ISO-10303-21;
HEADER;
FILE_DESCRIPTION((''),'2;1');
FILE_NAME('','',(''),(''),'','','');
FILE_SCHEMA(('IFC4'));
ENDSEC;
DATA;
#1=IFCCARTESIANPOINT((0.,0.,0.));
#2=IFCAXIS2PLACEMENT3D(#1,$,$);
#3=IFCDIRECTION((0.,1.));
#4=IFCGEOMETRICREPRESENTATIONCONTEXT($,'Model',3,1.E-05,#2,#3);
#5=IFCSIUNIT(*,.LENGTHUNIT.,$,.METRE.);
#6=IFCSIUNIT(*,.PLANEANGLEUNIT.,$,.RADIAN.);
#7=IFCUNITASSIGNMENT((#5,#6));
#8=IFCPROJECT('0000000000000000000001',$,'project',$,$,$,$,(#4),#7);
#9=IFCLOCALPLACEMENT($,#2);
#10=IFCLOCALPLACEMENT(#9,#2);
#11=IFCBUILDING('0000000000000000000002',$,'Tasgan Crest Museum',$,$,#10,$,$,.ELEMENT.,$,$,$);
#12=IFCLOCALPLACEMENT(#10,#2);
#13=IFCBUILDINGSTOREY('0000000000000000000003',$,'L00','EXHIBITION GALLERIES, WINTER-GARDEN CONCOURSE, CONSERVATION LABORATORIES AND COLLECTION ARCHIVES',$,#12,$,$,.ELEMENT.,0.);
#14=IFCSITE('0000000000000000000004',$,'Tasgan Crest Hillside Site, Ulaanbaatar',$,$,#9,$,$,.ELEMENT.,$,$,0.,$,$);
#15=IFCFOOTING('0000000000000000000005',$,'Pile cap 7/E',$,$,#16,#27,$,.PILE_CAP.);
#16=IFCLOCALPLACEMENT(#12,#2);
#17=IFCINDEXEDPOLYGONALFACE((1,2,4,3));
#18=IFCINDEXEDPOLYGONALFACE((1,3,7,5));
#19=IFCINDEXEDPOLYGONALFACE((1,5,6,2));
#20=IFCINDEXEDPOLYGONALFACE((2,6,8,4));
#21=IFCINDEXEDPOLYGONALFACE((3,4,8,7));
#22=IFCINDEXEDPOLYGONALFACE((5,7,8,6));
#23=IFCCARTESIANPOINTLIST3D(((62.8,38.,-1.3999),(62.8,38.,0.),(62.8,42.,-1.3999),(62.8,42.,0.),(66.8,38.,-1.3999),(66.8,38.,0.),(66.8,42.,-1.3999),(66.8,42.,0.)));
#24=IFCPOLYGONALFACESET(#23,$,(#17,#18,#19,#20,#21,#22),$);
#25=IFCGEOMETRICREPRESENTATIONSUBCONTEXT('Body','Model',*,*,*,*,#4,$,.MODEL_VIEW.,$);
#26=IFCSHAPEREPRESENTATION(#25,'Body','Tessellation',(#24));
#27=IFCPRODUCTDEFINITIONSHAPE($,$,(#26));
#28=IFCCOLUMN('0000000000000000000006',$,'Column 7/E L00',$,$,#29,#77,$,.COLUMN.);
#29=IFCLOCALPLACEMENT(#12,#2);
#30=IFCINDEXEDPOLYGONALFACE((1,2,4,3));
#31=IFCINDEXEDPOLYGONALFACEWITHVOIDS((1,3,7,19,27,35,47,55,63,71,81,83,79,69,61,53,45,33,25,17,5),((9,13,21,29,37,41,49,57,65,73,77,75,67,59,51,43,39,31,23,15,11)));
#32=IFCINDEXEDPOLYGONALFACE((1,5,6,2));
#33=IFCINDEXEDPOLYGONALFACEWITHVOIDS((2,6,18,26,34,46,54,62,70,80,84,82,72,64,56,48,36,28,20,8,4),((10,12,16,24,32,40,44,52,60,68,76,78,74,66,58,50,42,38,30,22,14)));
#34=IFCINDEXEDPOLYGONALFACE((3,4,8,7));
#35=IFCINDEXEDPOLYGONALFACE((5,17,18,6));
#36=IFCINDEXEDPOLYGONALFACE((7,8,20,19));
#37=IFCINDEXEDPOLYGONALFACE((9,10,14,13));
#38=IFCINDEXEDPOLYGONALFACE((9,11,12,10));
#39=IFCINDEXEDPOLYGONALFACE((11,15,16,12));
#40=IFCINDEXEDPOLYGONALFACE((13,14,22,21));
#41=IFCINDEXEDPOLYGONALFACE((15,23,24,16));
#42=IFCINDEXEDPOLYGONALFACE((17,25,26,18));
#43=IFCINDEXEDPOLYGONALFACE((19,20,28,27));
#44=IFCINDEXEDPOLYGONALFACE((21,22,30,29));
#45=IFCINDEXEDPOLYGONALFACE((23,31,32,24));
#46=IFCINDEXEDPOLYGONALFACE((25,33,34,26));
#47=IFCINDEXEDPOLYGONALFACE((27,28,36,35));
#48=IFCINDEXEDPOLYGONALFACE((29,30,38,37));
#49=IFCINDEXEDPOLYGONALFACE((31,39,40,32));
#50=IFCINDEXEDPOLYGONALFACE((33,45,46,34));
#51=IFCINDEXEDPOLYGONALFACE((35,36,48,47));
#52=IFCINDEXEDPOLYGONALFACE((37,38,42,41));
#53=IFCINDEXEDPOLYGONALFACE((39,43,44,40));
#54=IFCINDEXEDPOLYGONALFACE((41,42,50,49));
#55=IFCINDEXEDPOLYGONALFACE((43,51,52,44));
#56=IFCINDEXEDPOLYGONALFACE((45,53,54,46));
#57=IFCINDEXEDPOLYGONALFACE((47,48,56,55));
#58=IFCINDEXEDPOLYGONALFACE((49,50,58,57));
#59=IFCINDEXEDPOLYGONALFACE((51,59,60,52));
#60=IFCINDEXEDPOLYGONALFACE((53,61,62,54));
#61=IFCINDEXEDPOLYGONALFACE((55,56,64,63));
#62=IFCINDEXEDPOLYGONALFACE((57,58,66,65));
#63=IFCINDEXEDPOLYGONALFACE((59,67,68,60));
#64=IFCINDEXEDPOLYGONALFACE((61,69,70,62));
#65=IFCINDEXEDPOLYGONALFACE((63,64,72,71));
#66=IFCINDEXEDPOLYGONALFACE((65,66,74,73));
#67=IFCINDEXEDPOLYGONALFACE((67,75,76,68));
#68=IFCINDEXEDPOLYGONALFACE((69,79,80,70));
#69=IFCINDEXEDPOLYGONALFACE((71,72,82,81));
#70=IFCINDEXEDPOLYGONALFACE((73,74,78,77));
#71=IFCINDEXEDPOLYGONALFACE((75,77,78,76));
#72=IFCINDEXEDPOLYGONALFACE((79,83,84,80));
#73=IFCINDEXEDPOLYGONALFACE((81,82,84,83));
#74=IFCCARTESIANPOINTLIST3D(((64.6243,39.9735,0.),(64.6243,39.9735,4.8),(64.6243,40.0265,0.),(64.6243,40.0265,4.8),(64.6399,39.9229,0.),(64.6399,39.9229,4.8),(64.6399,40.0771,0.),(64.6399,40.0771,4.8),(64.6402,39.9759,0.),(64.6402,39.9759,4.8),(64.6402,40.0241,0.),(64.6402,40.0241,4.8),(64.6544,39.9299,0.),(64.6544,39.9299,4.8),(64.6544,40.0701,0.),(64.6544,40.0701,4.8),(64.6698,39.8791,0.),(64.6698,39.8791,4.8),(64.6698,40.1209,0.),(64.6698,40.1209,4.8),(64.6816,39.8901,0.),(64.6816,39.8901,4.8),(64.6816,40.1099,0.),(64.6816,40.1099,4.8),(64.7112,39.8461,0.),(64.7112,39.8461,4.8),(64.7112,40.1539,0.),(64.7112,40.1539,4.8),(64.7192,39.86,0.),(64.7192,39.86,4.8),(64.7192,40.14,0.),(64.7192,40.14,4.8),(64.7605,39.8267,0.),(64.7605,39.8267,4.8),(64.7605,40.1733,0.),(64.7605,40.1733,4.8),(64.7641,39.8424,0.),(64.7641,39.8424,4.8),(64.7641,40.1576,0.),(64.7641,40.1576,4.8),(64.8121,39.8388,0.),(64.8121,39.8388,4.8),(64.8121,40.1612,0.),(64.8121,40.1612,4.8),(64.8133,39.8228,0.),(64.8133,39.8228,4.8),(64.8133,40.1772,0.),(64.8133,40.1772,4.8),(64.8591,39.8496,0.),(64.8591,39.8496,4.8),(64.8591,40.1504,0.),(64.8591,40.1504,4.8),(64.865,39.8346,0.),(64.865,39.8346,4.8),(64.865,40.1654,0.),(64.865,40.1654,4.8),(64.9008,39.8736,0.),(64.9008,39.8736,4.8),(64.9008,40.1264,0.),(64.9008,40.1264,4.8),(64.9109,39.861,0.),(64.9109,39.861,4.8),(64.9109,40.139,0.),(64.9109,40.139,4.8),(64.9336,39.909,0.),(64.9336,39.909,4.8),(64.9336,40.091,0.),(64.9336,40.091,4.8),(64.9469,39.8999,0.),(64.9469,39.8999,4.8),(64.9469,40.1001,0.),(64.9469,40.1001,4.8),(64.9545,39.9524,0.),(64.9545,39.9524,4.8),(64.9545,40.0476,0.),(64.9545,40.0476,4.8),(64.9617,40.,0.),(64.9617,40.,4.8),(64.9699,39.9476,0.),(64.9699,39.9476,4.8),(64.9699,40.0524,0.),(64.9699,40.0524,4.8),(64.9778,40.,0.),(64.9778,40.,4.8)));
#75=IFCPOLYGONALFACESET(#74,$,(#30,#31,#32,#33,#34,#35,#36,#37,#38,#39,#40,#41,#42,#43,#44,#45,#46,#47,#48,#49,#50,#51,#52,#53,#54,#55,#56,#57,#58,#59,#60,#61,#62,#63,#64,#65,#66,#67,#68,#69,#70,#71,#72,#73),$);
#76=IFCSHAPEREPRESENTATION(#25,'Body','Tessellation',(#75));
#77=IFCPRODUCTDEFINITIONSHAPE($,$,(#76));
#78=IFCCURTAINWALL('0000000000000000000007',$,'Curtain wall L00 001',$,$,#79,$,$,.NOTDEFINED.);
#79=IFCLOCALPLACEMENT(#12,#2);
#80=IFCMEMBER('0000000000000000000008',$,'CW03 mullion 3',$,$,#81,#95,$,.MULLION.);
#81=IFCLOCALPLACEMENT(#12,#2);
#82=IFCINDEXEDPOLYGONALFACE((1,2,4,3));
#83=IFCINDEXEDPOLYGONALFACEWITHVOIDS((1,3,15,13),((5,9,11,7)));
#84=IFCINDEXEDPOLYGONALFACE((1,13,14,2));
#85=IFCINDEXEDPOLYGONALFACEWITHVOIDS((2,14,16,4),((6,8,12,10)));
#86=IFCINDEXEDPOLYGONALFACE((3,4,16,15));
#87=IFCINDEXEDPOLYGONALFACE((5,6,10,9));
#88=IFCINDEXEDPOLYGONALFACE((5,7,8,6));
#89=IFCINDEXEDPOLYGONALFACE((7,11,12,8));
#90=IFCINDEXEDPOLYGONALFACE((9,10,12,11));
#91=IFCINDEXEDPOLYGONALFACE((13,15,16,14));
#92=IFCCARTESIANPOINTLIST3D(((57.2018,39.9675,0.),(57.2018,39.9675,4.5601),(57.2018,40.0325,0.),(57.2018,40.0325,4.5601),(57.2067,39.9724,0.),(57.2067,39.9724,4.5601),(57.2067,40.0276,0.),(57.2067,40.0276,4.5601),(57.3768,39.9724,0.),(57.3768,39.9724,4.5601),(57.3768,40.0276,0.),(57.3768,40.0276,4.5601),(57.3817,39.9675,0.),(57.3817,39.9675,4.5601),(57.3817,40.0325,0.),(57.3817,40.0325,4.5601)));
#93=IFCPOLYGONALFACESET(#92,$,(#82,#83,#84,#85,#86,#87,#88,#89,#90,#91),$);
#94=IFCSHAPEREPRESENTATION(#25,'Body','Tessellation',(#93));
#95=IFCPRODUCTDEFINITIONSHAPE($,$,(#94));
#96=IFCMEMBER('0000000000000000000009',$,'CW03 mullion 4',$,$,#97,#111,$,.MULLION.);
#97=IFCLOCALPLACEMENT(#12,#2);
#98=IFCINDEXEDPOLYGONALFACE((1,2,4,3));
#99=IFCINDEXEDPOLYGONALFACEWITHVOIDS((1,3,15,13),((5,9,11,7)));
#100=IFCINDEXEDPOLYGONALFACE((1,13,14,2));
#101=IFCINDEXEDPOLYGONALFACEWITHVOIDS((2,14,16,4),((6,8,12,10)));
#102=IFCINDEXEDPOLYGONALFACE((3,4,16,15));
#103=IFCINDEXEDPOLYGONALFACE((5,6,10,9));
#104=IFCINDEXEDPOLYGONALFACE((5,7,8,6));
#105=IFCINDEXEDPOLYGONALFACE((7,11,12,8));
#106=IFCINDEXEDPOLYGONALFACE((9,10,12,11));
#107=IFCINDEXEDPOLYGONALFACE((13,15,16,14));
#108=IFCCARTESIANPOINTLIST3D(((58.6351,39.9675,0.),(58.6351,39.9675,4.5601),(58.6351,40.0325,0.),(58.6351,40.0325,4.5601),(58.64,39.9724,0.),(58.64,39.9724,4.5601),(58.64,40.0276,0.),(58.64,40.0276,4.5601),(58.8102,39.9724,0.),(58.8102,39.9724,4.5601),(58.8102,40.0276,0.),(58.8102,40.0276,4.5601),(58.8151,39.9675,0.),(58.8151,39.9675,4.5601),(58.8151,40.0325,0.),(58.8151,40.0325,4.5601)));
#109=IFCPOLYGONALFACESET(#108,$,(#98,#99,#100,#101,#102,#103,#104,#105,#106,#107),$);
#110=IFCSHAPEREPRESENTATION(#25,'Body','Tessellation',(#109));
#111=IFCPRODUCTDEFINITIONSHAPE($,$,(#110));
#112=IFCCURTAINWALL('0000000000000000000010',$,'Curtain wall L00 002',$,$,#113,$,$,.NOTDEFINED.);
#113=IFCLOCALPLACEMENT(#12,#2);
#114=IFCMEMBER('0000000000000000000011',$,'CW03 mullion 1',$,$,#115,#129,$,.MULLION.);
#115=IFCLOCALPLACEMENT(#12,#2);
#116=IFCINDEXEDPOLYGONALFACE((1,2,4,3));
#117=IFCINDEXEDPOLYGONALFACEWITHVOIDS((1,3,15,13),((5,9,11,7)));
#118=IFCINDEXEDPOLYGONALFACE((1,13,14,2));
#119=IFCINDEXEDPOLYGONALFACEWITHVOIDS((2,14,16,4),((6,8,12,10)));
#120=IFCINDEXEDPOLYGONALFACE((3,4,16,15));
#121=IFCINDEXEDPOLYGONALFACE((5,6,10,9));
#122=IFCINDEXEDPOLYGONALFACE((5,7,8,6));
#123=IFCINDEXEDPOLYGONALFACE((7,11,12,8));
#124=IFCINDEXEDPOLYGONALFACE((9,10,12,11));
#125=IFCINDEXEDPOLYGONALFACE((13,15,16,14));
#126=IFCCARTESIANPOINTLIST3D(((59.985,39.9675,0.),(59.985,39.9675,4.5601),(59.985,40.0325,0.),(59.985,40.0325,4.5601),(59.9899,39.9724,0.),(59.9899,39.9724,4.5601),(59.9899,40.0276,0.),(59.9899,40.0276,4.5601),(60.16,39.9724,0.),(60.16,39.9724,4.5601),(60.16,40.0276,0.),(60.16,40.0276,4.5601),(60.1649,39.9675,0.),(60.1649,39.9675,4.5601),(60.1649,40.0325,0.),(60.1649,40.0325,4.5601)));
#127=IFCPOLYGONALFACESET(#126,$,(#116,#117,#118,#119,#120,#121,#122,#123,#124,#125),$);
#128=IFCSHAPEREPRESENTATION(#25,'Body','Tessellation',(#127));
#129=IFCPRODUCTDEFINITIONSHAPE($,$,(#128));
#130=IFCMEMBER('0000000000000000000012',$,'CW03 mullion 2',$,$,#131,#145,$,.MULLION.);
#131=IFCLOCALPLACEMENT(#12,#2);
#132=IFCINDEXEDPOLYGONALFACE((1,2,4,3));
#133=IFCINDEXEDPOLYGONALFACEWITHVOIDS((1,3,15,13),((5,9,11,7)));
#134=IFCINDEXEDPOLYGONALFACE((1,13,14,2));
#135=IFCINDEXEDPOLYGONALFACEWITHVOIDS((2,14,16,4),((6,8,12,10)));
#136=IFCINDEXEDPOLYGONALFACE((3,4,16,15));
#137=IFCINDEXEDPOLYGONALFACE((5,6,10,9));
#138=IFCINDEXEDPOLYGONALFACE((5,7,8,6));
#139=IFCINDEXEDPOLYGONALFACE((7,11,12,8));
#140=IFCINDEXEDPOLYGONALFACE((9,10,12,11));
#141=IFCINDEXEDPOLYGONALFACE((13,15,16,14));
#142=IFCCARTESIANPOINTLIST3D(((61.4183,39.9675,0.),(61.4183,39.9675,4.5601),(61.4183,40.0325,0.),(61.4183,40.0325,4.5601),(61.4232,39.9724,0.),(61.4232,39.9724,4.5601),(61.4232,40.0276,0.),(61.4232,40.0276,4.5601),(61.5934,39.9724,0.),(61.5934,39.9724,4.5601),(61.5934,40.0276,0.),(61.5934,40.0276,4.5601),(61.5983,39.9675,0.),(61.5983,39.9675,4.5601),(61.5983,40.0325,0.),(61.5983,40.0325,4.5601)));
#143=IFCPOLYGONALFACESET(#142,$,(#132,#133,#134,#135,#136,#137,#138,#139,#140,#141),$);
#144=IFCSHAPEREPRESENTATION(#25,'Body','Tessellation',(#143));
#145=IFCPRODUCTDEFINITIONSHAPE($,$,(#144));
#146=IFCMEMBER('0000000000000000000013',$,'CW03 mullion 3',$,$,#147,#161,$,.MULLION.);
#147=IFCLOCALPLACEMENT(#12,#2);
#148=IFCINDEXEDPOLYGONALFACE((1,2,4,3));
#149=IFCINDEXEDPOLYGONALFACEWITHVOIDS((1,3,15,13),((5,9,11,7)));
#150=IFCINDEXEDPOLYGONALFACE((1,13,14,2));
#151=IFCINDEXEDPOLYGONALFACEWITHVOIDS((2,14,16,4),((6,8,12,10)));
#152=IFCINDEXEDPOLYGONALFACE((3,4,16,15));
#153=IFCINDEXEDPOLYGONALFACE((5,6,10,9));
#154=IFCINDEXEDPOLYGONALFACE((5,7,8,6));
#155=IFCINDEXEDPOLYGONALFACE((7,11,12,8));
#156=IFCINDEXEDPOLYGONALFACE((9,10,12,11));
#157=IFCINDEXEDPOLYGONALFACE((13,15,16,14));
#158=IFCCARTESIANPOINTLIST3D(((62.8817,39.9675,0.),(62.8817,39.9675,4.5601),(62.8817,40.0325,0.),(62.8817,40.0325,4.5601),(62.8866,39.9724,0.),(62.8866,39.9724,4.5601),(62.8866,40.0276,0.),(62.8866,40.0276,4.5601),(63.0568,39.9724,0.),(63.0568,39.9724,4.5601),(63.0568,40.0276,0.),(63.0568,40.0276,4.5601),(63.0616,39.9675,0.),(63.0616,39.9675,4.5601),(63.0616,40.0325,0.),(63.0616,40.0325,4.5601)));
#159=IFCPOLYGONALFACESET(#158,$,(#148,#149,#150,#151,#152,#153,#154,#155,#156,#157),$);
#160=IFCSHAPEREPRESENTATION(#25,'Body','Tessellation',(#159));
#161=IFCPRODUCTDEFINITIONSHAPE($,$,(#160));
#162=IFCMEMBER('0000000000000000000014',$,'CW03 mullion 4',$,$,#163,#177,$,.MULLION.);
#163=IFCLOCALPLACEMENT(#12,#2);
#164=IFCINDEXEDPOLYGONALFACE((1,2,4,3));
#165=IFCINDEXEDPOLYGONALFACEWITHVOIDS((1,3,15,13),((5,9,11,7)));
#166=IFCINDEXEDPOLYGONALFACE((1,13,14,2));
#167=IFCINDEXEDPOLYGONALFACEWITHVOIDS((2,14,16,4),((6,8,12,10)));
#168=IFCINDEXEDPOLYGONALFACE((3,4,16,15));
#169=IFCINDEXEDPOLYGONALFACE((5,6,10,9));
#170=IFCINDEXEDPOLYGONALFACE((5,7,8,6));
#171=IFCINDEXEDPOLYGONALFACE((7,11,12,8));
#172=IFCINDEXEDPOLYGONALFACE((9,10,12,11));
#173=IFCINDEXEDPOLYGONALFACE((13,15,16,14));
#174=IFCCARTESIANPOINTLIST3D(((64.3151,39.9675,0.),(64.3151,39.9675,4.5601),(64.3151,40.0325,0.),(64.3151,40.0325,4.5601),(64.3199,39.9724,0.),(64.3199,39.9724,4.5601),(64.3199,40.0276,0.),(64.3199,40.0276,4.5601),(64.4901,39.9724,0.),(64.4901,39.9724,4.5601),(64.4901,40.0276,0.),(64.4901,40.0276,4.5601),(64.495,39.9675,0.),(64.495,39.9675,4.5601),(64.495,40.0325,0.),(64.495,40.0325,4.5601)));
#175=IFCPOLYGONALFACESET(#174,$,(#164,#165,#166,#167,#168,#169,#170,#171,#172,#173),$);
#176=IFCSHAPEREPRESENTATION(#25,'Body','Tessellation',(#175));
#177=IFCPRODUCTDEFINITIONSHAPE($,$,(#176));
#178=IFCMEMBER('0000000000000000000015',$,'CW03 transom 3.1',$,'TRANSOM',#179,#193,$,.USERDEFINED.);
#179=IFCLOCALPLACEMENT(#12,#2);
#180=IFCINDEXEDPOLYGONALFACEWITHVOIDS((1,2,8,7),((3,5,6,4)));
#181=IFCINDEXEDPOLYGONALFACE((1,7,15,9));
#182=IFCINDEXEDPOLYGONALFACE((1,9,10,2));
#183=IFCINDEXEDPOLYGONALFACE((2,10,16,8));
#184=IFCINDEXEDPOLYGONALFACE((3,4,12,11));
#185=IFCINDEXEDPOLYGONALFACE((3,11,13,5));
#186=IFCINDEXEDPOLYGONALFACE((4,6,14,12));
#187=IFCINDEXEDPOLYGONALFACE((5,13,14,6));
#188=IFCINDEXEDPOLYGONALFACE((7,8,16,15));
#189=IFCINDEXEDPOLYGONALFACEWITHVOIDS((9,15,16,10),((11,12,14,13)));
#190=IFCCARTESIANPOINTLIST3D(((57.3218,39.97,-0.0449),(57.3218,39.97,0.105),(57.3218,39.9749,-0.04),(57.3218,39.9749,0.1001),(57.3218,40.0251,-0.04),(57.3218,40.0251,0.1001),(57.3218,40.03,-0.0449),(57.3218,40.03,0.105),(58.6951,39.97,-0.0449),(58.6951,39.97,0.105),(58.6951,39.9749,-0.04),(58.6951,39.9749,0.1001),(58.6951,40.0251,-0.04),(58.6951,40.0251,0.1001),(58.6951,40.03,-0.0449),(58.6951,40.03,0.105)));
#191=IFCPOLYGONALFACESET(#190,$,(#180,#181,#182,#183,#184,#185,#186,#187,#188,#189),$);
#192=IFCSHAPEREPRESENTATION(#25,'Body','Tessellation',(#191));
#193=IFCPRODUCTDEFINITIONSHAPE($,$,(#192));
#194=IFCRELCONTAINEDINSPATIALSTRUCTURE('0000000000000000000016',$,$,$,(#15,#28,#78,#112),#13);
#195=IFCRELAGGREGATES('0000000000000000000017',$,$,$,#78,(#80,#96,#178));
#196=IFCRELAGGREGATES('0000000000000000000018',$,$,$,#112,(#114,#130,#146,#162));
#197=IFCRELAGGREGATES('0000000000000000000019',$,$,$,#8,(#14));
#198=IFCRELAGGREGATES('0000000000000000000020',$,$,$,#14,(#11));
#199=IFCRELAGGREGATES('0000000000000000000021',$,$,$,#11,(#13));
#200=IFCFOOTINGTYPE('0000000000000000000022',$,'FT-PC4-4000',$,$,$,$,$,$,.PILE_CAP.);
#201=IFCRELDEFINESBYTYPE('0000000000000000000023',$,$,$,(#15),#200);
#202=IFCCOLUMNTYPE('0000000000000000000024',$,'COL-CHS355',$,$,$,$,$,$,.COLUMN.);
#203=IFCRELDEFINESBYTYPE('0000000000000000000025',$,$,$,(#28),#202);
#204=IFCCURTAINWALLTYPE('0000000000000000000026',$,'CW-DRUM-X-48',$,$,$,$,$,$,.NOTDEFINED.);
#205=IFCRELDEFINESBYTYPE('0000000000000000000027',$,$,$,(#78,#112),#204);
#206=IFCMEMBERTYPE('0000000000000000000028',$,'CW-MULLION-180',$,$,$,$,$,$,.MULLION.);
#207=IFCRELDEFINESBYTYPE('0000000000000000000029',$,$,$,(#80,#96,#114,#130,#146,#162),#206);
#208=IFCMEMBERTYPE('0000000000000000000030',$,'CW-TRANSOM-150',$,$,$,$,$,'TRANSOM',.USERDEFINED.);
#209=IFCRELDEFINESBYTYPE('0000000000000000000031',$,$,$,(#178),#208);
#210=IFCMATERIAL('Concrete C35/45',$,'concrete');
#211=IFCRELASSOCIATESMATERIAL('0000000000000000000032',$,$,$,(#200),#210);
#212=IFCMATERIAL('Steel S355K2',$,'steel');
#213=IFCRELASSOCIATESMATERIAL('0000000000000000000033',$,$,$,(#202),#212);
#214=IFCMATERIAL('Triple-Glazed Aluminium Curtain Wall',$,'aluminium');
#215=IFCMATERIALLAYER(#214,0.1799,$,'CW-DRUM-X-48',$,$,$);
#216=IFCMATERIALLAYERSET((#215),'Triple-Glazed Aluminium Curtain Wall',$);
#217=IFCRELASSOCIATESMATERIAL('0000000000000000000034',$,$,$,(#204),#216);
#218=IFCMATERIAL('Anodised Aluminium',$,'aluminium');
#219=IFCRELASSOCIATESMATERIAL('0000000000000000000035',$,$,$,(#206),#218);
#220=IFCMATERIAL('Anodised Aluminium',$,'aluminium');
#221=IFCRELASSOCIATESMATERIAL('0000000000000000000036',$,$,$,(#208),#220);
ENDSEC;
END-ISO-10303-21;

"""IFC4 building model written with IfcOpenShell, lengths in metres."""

from ifc_helpers import new_model, si_unit, direction, frame, origin, origin_2d, place, context, subcontext, project, spatial, rectangle, hollow_rectangle, hollow_circle, extrude, material, layer, layer_set, material_profile, profile_set, type_object, element, aggregate, save


model = new_model("IFC4")

# Units and contexts
model_context = context("Model", 3, precision=1e-05, world=origin(), true_north=direction((0.0, 1.0)))
body_context = subcontext(model_context, "Body", "Model", "MODEL_VIEW")
ifc_project = project(units=[si_unit("LENGTHUNIT", "METRE"), si_unit("PLANEANGLEUNIT", "RADIAN")], contexts=[model_context])

# Site, building, storey
site_placement = place(None, origin())
site = spatial("IfcSite", under=ifc_project, at=site_placement, Name="Tasgan Crest Hillside Site, Ulaanbaatar", CompositionType="ELEMENT", RefElevation=0.0)
building_placement = place(site_placement, origin())
building = spatial("IfcBuilding", under=site, at=building_placement, Name="Tasgan Crest Museum", CompositionType="ELEMENT")
storey_placement = place(building_placement, origin())
storey = spatial("IfcBuildingStorey", under=building, at=storey_placement, Name="L00", Description="EXHIBITION GALLERIES, WINTER-GARDEN CONCOURSE, CONSERVATION LABORATORIES AND COLLECTION ARCHIVES", CompositionType="ELEMENT", Elevation=0.0)

# Footing
ifc_material_1 = material(Name="Concrete C35/45", Category="concrete")
footing_type = type_object("IfcFootingType", Name="FT-PC4-4000", PredefinedType="PILE_CAP", material=ifc_material_1)
footing_placement = place(storey_placement, frame((64.8, 40.0, -1.3999), z_axis=(0.0, 0.0, 1.0), x_axis=(1.0, 0.0, 0.0)))
element("IfcFooting", 1, at=footing_placement, inside=storey, type_object=footing_type, Name="Pile cap 7/E", PredefinedType="PILE_CAP", context=body_context, shape_type="SweptSolid", body=[
    extrude(rectangle(XDim=4.0, YDim=4.0, at=origin_2d()), origin(), (0.0, 0.0, 1.0), 1.3999),
])

# Column
ifc_material_2 = material(Name="Steel S355K2", Category="steel")
ifc_material_profile_1 = material_profile(ifc_material_2, hollow_circle(Radius=0.1777, WallThickness=0.0161, at=origin_2d()), Name="CHS 355.6x16")
ifc_profile_set_1 = profile_set([ifc_material_profile_1], Name="Steel S355K2")
column_type = type_object("IfcColumnType", Name="COL-CHS355", PredefinedType="COLUMN", material=ifc_profile_set_1)
column_placement = place(storey_placement, frame((64.8, 40.0, 0.0), z_axis=(0.0, 0.0, 1.0), x_axis=(1.0, 0.0, 0.0)))
element("IfcColumn", 2, at=column_placement, inside=storey, type_object=column_type, Name="Column 7/E L00", PredefinedType="COLUMN", context=body_context, shape_type="SweptSolid", body=[
    extrude(hollow_circle(Radius=0.1777, WallThickness=0.0161, at=origin_2d()), origin(), (0.0, 0.0, 1.0), 4.8),
])

# Curtain walls, members
ifc_material_3 = material(Name="Triple-Glazed Aluminium Curtain Wall", Category="aluminium")
ifc_layer_1 = layer(ifc_material_3, 0.1799, Name="CW-DRUM-X-48")
ifc_layer_set_1 = layer_set([ifc_layer_1], Name="Triple-Glazed Aluminium Curtain Wall")
curtain_wall_type = type_object("IfcCurtainWallType", Name="CW-DRUM-X-48", PredefinedType="NOTDEFINED", material=ifc_layer_set_1)
curtain_wall_1_placement = place(storey_placement, origin())
curtain_wall_1 = element("IfcCurtainWall", 3, at=curtain_wall_1_placement, inside=storey, type_object=curtain_wall_type, Name="Curtain wall L00 001", PredefinedType="NOTDEFINED")
ifc_material_4 = material(Name="Anodised Aluminium", Category="aluminium")
ifc_material_profile_2 = material_profile(ifc_material_4, hollow_rectangle(XDim=0.0649, YDim=0.1799, WallThickness=0.0049, at=origin_2d()), Name="ALU MULLION 180x65x5")
ifc_profile_set_2 = profile_set([ifc_material_profile_2], Name="Anodised Aluminium")
member_type_1 = type_object("IfcMemberType", Name="CW-MULLION-180", PredefinedType="MULLION", material=ifc_profile_set_2)
member_1_placement = place(storey_placement, frame((57.2917, 40.0, 0.0), z_axis=(0.0, 0.0, 1.0), x_axis=(0.0, 1.0, 0.0)))
member_1 = element("IfcMember", 4, at=member_1_placement, type_object=member_type_1, Name="CW03 mullion 3", PredefinedType="MULLION", context=body_context, shape_type="SweptSolid", body=[
    extrude(hollow_rectangle(XDim=0.0649, YDim=0.1799, WallThickness=0.0049, at=origin_2d()), origin(), (0.0, 0.0, 1.0), 4.5601),
])
member_2_placement = place(storey_placement, frame((58.7251, 40.0, 0.0), z_axis=(0.0, 0.0, 1.0), x_axis=(0.0, 1.0, 0.0)))
member_2 = element("IfcMember", 5, at=member_2_placement, type_object=member_type_1, Name="CW03 mullion 4", PredefinedType="MULLION", context=body_context, shape_type="SweptSolid", body=[
    extrude(hollow_rectangle(XDim=0.0649, YDim=0.1799, WallThickness=0.0049, at=origin_2d()), origin(), (0.0, 0.0, 1.0), 4.5601),
])
curtain_wall_2_placement = place(storey_placement, origin())
curtain_wall_2 = element("IfcCurtainWall", 6, at=curtain_wall_2_placement, inside=storey, type_object=curtain_wall_type, Name="Curtain wall L00 002", PredefinedType="NOTDEFINED")
member_3_placement = place(storey_placement, frame((60.075, 40.0, 0.0), z_axis=(0.0, 0.0, 1.0), x_axis=(0.0, 1.0, 0.0)))
member_3 = element("IfcMember", 7, at=member_3_placement, type_object=member_type_1, Name="CW03 mullion 1", PredefinedType="MULLION", context=body_context, shape_type="SweptSolid", body=[
    extrude(hollow_rectangle(XDim=0.0649, YDim=0.1799, WallThickness=0.0049, at=origin_2d()), origin(), (0.0, 0.0, 1.0), 4.5601),
])
member_4_placement = place(storey_placement, frame((61.5083, 40.0, 0.0), z_axis=(0.0, 0.0, 1.0), x_axis=(0.0, 1.0, 0.0)))
member_4 = element("IfcMember", 8, at=member_4_placement, type_object=member_type_1, Name="CW03 mullion 2", PredefinedType="MULLION", context=body_context, shape_type="SweptSolid", body=[
    extrude(hollow_rectangle(XDim=0.0649, YDim=0.1799, WallThickness=0.0049, at=origin_2d()), origin(), (0.0, 0.0, 1.0), 4.5601),
])
member_5_placement = place(storey_placement, frame((62.9717, 40.0, 0.0), z_axis=(0.0, 0.0, 1.0), x_axis=(0.0, 1.0, 0.0)))
member_5 = element("IfcMember", 9, at=member_5_placement, type_object=member_type_1, Name="CW03 mullion 3", PredefinedType="MULLION", context=body_context, shape_type="SweptSolid", body=[
    extrude(hollow_rectangle(XDim=0.0649, YDim=0.1799, WallThickness=0.0049, at=origin_2d()), origin(), (0.0, 0.0, 1.0), 4.5601),
])
member_6_placement = place(storey_placement, frame((64.405, 40.0, 0.0), z_axis=(0.0, 0.0, 1.0), x_axis=(0.0, 1.0, 0.0)))
member_6 = element("IfcMember", 10, at=member_6_placement, type_object=member_type_1, Name="CW03 mullion 4", PredefinedType="MULLION", context=body_context, shape_type="SweptSolid", body=[
    extrude(hollow_rectangle(XDim=0.0649, YDim=0.1799, WallThickness=0.0049, at=origin_2d()), origin(), (0.0, 0.0, 1.0), 4.5601),
])

# Member
ifc_material_5 = material(Name="Anodised Aluminium", Category="aluminium")
ifc_material_profile_3 = material_profile(ifc_material_5, hollow_rectangle(XDim=0.0601, YDim=0.1499, WallThickness=0.0049, at=origin_2d()), Name="ALU TRANSOM 150x60x5")
ifc_profile_set_3 = profile_set([ifc_material_profile_3], Name="Anodised Aluminium")
member_type_2 = type_object("IfcMemberType", Name="CW-TRANSOM-150", ElementType="TRANSOM", PredefinedType="USERDEFINED", material=ifc_profile_set_3)
member_7_placement = place(storey_placement, frame((57.3218, 40.0, 0.03), z_axis=(1.0, 0.0, 0.0), x_axis=(0.0, 1.0, 0.0)))
member_7 = element("IfcMember", 11, at=member_7_placement, type_object=member_type_2, Name="CW03 transom 3.1", ObjectType="TRANSOM", PredefinedType="USERDEFINED", context=body_context, shape_type="SweptSolid", body=[
    extrude(hollow_rectangle(XDim=0.0601, YDim=0.1499, WallThickness=0.0049, at=origin_2d()), origin(), (0.0, 0.0, 1.0), 1.3733),
])

aggregate(curtain_wall_1, [member_1, member_2, member_7])
aggregate(curtain_wall_2, [member_3, member_4, member_5, member_6])

save(model, "model.ifc")
